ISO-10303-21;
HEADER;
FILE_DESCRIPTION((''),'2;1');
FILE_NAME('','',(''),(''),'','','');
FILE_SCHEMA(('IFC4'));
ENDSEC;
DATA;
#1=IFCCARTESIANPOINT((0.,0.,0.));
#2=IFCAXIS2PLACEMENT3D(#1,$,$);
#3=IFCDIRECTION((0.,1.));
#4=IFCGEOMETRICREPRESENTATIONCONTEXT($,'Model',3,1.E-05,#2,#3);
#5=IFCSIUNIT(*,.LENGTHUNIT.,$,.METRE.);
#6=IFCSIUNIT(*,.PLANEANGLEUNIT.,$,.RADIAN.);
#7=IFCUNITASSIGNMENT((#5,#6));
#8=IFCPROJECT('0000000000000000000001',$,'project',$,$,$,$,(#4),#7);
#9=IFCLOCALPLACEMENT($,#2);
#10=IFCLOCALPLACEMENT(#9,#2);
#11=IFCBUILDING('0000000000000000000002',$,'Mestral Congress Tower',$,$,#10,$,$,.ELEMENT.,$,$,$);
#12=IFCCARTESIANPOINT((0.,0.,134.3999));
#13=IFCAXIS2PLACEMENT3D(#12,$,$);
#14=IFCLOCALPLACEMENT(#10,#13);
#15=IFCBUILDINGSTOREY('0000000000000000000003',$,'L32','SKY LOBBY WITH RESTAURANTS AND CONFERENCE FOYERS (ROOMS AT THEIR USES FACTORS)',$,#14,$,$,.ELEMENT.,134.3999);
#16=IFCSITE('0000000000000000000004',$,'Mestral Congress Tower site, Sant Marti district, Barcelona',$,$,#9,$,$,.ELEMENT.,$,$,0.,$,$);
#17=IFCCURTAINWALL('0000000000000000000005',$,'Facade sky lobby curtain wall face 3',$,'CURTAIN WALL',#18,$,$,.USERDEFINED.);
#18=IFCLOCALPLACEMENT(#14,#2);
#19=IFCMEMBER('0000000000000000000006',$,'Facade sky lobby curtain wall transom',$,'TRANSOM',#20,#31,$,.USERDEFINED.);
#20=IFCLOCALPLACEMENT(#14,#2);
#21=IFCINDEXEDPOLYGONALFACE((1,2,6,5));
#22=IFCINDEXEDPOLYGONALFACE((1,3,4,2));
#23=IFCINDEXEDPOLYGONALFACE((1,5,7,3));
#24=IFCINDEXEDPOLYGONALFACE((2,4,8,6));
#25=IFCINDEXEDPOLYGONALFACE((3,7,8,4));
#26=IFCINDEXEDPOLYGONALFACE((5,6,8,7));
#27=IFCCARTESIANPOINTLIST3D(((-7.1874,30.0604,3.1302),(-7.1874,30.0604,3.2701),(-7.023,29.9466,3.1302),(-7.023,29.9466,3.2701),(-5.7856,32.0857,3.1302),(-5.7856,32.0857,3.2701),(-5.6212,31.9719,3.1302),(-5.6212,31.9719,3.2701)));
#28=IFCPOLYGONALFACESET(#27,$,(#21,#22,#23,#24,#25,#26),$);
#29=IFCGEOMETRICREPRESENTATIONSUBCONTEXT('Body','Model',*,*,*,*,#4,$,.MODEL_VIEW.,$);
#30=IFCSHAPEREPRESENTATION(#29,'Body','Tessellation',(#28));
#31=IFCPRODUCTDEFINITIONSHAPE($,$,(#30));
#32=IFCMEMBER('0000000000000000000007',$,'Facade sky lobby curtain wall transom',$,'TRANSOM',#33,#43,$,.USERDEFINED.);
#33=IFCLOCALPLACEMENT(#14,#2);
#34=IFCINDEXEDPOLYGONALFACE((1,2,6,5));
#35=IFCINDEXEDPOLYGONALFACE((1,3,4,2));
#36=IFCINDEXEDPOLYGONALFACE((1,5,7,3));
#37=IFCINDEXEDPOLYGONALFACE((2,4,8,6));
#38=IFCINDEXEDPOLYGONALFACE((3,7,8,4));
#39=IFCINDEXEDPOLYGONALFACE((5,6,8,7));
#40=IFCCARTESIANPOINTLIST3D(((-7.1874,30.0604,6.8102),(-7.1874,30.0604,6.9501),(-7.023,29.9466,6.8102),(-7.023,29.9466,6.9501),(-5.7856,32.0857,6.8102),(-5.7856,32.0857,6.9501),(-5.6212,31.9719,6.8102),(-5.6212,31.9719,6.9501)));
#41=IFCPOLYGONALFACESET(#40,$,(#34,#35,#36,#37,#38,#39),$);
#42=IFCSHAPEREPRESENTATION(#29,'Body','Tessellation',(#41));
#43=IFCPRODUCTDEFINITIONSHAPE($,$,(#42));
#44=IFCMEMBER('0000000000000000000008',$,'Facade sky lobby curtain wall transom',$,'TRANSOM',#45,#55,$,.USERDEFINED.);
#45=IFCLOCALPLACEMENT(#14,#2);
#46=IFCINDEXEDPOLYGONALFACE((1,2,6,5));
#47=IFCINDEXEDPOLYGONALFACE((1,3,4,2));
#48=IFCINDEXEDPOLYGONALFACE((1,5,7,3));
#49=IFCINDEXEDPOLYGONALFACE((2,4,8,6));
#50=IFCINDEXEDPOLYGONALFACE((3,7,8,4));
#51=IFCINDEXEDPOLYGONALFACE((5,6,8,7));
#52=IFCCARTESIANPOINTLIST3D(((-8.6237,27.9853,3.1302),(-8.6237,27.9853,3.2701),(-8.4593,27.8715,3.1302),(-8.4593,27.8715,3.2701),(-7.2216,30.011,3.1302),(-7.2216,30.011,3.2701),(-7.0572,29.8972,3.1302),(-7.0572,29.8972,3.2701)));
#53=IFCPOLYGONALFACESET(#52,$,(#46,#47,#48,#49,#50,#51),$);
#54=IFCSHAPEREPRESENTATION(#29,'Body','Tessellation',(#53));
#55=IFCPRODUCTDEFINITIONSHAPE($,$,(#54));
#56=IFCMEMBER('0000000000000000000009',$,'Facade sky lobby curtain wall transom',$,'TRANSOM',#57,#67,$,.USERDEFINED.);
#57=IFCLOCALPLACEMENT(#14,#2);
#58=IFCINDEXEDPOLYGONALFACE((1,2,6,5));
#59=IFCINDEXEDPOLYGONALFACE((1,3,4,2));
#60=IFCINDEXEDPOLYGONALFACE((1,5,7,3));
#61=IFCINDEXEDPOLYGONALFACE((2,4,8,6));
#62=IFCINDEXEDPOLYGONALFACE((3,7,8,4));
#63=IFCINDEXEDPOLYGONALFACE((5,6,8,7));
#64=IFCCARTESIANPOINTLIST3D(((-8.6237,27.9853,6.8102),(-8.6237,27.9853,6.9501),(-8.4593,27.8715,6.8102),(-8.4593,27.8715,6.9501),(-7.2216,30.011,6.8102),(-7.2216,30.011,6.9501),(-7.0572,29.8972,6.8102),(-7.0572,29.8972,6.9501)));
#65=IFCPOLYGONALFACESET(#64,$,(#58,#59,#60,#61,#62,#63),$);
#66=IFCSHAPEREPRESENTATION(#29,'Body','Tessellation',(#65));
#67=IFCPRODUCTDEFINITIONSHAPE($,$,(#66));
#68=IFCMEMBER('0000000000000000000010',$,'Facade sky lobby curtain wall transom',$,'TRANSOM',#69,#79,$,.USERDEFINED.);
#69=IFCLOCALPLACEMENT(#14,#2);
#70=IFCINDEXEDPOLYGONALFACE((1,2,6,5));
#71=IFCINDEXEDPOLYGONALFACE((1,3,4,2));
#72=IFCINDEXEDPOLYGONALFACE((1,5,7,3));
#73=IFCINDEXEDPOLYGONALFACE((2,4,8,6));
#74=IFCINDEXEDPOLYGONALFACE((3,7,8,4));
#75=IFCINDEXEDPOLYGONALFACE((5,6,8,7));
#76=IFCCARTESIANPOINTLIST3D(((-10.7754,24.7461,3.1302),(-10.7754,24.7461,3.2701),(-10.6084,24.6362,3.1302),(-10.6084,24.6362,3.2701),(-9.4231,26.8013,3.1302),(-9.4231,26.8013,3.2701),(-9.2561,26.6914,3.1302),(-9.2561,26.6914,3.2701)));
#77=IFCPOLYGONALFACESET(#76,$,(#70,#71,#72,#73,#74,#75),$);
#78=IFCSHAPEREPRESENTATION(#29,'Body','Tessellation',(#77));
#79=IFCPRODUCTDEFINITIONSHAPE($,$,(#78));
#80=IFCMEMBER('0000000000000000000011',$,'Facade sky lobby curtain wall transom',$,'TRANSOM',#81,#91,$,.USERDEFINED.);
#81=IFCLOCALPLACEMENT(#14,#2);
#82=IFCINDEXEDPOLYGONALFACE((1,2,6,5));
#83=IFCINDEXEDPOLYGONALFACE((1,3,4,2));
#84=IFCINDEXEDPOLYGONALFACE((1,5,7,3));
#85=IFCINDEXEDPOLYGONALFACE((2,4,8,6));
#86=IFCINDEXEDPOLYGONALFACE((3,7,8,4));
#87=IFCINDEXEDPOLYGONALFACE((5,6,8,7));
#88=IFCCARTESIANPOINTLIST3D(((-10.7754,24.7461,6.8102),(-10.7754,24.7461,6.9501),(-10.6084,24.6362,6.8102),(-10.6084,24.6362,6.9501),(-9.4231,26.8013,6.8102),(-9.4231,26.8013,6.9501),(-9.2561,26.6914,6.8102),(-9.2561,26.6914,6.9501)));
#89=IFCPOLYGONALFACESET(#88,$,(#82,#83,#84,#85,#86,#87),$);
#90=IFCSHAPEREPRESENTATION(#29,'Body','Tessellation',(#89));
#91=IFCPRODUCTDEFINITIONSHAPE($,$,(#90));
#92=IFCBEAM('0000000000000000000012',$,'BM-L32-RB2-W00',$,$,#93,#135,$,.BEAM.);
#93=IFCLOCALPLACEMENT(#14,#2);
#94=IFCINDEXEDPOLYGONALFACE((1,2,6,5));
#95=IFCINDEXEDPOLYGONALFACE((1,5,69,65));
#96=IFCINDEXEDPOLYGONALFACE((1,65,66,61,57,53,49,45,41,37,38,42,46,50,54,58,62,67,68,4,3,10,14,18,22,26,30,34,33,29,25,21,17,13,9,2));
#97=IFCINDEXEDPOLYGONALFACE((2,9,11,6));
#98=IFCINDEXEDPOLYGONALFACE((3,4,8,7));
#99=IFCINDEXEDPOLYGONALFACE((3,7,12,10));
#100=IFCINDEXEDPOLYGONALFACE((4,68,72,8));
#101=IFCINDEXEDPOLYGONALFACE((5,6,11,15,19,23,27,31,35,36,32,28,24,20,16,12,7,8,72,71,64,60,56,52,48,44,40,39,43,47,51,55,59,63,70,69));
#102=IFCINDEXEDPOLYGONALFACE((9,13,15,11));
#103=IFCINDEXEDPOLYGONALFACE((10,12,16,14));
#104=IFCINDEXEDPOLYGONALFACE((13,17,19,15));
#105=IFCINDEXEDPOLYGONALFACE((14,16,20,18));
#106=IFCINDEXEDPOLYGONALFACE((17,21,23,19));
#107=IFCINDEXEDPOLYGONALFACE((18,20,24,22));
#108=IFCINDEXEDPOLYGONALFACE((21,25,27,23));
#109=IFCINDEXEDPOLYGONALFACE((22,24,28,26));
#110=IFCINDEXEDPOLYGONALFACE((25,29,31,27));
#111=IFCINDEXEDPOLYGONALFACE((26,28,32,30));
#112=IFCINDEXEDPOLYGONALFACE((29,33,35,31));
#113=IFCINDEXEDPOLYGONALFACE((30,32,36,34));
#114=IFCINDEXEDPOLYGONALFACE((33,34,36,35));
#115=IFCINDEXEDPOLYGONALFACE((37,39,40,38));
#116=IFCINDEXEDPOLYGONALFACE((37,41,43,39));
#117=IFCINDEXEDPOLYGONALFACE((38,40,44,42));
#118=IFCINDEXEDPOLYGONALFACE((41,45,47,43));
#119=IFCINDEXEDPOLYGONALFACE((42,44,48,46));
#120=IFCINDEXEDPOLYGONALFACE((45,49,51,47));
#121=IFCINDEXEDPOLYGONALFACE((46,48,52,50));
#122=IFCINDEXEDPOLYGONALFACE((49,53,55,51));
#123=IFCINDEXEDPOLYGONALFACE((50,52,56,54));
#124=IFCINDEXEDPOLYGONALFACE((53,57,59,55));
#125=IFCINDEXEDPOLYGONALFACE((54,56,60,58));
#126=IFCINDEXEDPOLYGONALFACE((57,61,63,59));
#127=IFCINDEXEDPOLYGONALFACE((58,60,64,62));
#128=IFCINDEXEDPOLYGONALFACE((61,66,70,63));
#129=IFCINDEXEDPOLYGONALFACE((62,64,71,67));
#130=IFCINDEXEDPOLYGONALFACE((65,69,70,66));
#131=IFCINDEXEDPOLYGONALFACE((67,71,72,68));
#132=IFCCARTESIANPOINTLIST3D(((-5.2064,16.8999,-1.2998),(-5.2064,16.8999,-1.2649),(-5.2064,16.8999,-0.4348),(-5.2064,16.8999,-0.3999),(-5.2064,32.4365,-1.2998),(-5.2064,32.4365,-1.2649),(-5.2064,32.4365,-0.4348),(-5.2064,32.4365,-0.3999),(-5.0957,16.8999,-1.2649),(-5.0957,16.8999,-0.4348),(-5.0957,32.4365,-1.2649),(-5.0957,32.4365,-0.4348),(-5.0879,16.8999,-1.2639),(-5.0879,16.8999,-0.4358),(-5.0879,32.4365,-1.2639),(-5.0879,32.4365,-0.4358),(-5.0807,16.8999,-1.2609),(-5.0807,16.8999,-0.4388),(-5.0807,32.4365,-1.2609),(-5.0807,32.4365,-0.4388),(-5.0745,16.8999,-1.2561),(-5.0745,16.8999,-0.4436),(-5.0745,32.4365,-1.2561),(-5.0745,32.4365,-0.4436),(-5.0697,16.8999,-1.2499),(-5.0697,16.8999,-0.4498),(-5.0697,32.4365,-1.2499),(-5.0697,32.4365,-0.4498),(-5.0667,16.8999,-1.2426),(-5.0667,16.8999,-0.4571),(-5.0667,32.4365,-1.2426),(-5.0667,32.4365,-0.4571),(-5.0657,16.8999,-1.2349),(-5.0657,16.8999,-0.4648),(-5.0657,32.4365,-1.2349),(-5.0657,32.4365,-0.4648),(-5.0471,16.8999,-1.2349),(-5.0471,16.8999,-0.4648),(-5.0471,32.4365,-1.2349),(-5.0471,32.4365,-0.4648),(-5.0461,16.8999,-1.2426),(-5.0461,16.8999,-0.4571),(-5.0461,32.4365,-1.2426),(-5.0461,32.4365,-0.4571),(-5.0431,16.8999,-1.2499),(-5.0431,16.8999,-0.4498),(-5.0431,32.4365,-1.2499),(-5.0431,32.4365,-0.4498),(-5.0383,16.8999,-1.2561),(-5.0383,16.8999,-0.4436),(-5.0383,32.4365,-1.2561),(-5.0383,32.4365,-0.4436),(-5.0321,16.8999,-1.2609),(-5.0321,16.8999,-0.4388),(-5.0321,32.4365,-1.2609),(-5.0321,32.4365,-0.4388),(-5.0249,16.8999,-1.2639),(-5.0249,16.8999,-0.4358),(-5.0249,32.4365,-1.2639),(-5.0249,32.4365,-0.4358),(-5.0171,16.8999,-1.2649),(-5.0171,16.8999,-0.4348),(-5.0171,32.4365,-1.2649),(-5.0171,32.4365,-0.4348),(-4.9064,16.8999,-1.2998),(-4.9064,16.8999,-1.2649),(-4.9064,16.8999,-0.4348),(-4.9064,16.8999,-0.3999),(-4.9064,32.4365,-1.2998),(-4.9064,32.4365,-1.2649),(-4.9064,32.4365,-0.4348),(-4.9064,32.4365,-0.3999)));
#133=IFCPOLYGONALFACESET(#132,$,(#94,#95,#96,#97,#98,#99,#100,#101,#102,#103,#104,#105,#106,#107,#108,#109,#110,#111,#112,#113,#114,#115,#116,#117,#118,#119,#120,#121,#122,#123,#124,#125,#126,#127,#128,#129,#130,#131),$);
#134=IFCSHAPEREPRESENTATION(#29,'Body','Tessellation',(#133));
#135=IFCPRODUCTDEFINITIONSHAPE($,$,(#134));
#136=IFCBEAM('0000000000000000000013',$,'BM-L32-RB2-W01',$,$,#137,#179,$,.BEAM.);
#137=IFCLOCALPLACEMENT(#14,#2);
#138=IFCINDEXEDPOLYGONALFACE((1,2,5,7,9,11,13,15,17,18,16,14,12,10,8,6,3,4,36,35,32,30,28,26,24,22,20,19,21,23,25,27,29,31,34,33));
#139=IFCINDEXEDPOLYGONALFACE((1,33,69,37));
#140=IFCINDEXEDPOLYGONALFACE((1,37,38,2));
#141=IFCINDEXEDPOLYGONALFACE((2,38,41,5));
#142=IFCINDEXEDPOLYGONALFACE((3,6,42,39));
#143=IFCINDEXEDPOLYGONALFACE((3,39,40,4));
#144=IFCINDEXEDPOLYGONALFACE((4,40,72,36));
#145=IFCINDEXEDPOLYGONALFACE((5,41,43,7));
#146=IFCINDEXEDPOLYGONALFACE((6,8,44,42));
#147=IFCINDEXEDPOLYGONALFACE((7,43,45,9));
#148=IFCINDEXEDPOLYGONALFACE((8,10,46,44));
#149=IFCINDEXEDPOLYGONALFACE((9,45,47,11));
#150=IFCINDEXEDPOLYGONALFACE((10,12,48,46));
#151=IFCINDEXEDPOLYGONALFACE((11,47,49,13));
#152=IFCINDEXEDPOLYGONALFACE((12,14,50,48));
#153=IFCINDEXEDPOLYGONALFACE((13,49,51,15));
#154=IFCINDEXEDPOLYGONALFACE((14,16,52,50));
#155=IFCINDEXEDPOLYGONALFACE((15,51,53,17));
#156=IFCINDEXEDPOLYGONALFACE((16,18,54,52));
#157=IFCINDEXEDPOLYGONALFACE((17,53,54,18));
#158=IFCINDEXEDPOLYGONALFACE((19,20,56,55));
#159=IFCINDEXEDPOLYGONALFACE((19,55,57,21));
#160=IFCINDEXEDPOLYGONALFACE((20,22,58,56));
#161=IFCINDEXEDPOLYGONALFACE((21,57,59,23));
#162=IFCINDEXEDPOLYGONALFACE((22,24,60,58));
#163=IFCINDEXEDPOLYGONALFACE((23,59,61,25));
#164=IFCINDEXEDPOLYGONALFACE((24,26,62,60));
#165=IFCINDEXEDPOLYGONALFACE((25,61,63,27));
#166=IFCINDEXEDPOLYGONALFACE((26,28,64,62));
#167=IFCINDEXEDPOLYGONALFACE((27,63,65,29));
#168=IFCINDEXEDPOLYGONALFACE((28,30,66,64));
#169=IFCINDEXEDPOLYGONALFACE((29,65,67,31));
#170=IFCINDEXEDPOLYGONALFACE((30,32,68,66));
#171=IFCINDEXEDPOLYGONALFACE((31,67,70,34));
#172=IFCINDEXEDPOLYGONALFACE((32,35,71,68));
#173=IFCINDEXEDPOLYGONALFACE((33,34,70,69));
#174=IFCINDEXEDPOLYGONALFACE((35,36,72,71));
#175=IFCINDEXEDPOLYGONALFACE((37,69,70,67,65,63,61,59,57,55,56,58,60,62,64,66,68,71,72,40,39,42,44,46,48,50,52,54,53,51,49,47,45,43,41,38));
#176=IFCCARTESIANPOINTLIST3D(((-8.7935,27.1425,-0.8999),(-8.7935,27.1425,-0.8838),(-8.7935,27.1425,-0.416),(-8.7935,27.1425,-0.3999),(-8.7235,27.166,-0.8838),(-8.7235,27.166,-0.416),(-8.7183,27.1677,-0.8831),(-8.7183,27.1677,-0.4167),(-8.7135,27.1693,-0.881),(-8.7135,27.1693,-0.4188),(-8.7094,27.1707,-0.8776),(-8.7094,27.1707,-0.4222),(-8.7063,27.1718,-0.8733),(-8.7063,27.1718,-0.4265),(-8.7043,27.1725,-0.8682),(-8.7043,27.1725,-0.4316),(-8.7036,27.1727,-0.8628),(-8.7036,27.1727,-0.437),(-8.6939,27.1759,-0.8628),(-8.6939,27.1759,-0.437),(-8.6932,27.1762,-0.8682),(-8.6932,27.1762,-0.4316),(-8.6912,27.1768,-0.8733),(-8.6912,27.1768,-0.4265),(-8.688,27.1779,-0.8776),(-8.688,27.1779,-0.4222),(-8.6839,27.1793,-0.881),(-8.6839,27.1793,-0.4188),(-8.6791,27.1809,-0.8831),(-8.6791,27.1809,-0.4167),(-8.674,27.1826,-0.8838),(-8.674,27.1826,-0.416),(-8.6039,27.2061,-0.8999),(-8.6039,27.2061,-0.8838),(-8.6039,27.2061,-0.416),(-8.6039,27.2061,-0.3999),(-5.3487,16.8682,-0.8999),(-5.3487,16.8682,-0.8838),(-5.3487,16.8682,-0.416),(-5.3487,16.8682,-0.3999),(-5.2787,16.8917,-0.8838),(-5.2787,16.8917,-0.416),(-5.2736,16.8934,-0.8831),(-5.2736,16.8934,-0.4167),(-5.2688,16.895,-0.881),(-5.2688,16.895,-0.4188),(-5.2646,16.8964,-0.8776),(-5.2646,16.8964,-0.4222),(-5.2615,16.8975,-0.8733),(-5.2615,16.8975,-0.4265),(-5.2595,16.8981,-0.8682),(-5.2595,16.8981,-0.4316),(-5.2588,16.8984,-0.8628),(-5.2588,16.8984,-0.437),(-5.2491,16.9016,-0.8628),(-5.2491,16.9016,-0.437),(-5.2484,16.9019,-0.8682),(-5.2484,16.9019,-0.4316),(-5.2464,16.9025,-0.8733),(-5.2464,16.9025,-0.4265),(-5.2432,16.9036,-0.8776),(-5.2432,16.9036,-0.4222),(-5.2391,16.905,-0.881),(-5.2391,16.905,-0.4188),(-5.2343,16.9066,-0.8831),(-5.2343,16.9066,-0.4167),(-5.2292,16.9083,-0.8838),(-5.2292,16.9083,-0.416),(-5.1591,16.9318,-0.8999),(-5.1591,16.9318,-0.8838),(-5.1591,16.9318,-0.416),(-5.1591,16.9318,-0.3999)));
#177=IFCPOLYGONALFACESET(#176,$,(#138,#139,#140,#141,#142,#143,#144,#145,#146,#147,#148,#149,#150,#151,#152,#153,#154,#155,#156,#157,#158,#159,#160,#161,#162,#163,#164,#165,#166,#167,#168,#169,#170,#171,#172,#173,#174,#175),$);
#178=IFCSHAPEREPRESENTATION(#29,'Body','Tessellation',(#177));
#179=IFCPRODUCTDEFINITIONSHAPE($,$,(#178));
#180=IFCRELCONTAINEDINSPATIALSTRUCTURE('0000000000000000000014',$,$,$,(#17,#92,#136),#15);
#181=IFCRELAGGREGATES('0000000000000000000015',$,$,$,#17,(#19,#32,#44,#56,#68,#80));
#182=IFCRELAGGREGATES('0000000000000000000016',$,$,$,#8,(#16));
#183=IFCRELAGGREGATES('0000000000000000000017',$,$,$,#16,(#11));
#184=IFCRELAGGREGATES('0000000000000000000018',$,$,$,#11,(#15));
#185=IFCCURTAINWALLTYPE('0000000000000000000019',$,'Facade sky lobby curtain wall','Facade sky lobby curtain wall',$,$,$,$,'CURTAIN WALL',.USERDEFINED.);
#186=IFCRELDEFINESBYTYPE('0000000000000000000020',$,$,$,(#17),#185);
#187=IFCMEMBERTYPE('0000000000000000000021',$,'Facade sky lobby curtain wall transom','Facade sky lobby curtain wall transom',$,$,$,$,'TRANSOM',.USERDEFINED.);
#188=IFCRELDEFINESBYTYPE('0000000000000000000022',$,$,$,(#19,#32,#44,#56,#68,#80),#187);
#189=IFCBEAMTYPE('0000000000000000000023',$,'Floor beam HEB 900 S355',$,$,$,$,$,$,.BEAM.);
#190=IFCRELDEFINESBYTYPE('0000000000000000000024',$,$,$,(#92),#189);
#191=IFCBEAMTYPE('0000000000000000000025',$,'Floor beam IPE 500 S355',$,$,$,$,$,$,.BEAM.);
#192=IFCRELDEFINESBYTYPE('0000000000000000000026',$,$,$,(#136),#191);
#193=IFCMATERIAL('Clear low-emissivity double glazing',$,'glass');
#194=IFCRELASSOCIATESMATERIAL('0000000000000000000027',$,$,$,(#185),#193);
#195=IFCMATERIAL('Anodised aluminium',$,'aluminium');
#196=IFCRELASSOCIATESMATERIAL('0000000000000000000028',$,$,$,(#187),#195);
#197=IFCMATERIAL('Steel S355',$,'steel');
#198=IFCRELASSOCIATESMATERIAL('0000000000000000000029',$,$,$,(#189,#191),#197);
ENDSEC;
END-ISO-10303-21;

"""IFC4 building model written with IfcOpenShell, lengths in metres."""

from ifc_helpers import new_model, si_unit, direction, frame, origin, origin_2d, place, context, subcontext, project, spatial, rectangle, i_section, extrude, material, material_profile, profile_set, type_object, element, aggregate, save


model = new_model("IFC4")

# Units and contexts
model_context = context("Model", 3, precision=1e-05, world=origin(), true_north=direction((0.0, 1.0)))
body_context = subcontext(model_context, "Body", "Model", "MODEL_VIEW")
ifc_project = project(units=[si_unit("LENGTHUNIT", "METRE"), si_unit("PLANEANGLEUNIT", "RADIAN")], contexts=[model_context])

# Site, building, storey
site_placement = place(None, origin())
site = spatial("IfcSite", under=ifc_project, at=site_placement, Name="Mestral Congress Tower site, Sant Marti district, Barcelona", CompositionType="ELEMENT", RefElevation=0.0)
building_placement = place(site_placement, origin())
building = spatial("IfcBuilding", under=site, at=building_placement, Name="Mestral Congress Tower", CompositionType="ELEMENT")
storey_placement = place(building_placement, frame((0.0, 0.0, 134.3999)))
storey = spatial("IfcBuildingStorey", under=building, at=storey_placement, Name="L32", Description="SKY LOBBY WITH RESTAURANTS AND CONFERENCE FOYERS (ROOMS AT THEIR USES FACTORS)", CompositionType="ELEMENT", Elevation=134.3999)

# Shared definitions
ifc_material_1 = material(Name="Steel S355", Category="steel")

# Curtain wall, members
ifc_material_2 = material(Name="Clear low-emissivity double glazing", Category="glass")
curtain_wall_type = type_object("IfcCurtainWallType", Name="Facade sky lobby curtain wall", Description="Facade sky lobby curtain wall", ElementType="CURTAIN WALL", PredefinedType="USERDEFINED", material=ifc_material_2)
curtain_wall_placement = place(storey_placement, origin())
curtain_wall = element("IfcCurtainWall", 1, at=curtain_wall_placement, inside=storey, type_object=curtain_wall_type, Name="Facade sky lobby curtain wall face 3", ObjectType="CURTAIN WALL", PredefinedType="USERDEFINED")
ifc_material_3 = material(Name="Anodised aluminium", Category="aluminium")
ifc_material_profile_1 = material_profile(ifc_material_3, rectangle(XDim=0.2, YDim=0.1399, at=origin_2d()), Name="CW1 transom 200 x 140")
ifc_profile_set_1 = profile_set([ifc_material_profile_1], Name="Anodised aluminium")
member_type_1 = type_object("IfcMemberType", Name="Facade sky lobby curtain wall transom", Description="Facade sky lobby curtain wall transom", ElementType="TRANSOM", PredefinedType="USERDEFINED", material=ifc_profile_set_1)
member_1_placement = place(storey_placement, frame((-5.7034, 32.0288, 3.2002), z_axis=(-0.569117, -0.822256, 0.0), x_axis=(0.822256, -0.569117, 0.0)))
member_1 = element("IfcMember", 2, at=member_1_placement, type_object=member_type_1, Name="Facade sky lobby curtain wall transom", ObjectType="TRANSOM", PredefinedType="USERDEFINED", context=body_context, shape_type="SweptSolid", body=[
    extrude(rectangle(XDim=0.2, YDim=0.1399, at=origin_2d()), origin(), (0.0, 0.0, 1.0), 2.4631),
])
member_2_placement = place(storey_placement, frame((-5.7034, 32.0288, 6.8801), z_axis=(-0.569117, -0.822256, 0.0), x_axis=(0.822256, -0.569117, 0.0)))
member_2 = element("IfcMember", 3, at=member_2_placement, type_object=member_type_1, Name="Facade sky lobby curtain wall transom", ObjectType="TRANSOM", PredefinedType="USERDEFINED", context=body_context, shape_type="SweptSolid", body=[
    extrude(rectangle(XDim=0.2, YDim=0.1399, at=origin_2d()), origin(), (0.0, 0.0, 1.0), 2.4631),
])
member_3_placement = place(storey_placement, frame((-7.1394, 29.9541, 3.2002), z_axis=(-0.569138, -0.822242, 0.0), x_axis=(0.822242, -0.569138, 0.0)))
member_3 = element("IfcMember", 4, at=member_3_placement, type_object=member_type_1, Name="Facade sky lobby curtain wall transom", ObjectType="TRANSOM", PredefinedType="USERDEFINED", context=body_context, shape_type="SweptSolid", body=[
    extrude(rectangle(XDim=0.2, YDim=0.1399, at=origin_2d()), origin(), (0.0, 0.0, 1.0), 2.4636),
])
member_4_placement = place(storey_placement, frame((-7.1394, 29.9541, 6.8801), z_axis=(-0.569138, -0.822242, 0.0), x_axis=(0.822242, -0.569138, 0.0)))
member_4 = element("IfcMember", 5, at=member_4_placement, type_object=member_type_1, Name="Facade sky lobby curtain wall transom", ObjectType="TRANSOM", PredefinedType="USERDEFINED", context=body_context, shape_type="SweptSolid", body=[
    extrude(rectangle(XDim=0.2, YDim=0.1399, at=origin_2d()), origin(), (0.0, 0.0, 1.0), 2.4636),
])
member_5_placement = place(storey_placement, frame((-9.3396, 26.7463, 3.2002), z_axis=(-0.549675, -0.835379, 0.0), x_axis=(0.835379, -0.549675, 0.0)))
member_5 = element("IfcMember", 6, at=member_5_placement, type_object=member_type_1, Name="Facade sky lobby curtain wall transom", ObjectType="TRANSOM", PredefinedType="USERDEFINED", context=body_context, shape_type="SweptSolid", body=[
    extrude(rectangle(XDim=0.2, YDim=0.1399, at=origin_2d()), origin(), (0.0, 0.0, 1.0), 2.4602),
])
member_6_placement = place(storey_placement, frame((-9.3396, 26.7463, 6.8801), z_axis=(-0.549675, -0.835379, 0.0), x_axis=(0.835379, -0.549675, 0.0)))
member_6 = element("IfcMember", 7, at=member_6_placement, type_object=member_type_1, Name="Facade sky lobby curtain wall transom", ObjectType="TRANSOM", PredefinedType="USERDEFINED", context=body_context, shape_type="SweptSolid", body=[
    extrude(rectangle(XDim=0.2, YDim=0.1399, at=origin_2d()), origin(), (0.0, 0.0, 1.0), 2.4602),
])

# Beams
ifc_material_profile_2 = material_profile(ifc_material_1, i_section(OverallWidth=0.3, OverallDepth=0.8999, WebThickness=0.0186, FlangeThickness=0.0349, FilletRadius=0.03, at=origin_2d()), Name="HEB 900")
ifc_profile_set_2 = profile_set([ifc_material_profile_2], Name="Steel S355")
beam_type_1 = type_object("IfcBeamType", Name="Floor beam HEB 900 S355", PredefinedType="BEAM", material=ifc_profile_set_2)
beam_1_placement = place(storey_placement, frame((-5.0564, 32.4365, -0.8499), z_axis=(0.0, -1.0, 0.0), x_axis=(1.0, 0.0, 0.0)))
element("IfcBeam", 8, at=beam_1_placement, inside=storey, type_object=beam_type_1, Name="BM-L32-RB2-W00", PredefinedType="BEAM", context=body_context, shape_type="SweptSolid", body=[
    extrude(i_section(OverallWidth=0.3, OverallDepth=0.8999, WebThickness=0.0186, FlangeThickness=0.0349, FilletRadius=0.03, at=origin_2d()), origin(), (0.0, 0.0, 1.0), 15.5366),
])
ifc_material_profile_3 = material_profile(ifc_material_1, i_section(OverallWidth=0.2, OverallDepth=0.5, WebThickness=0.0103, FlangeThickness=0.0161, FilletRadius=0.021, at=origin_2d()), Name="IPE 500")
ifc_profile_set_3 = profile_set([ifc_material_profile_3], Name="Steel S355")
beam_type_2 = type_object("IfcBeamType", Name="Floor beam IPE 500 S355", PredefinedType="BEAM", material=ifc_profile_set_3)
beam_2_placement = place(storey_placement, frame((-8.6987, 27.1743, -0.6499), z_axis=(0.31789, -0.948128, 0.0), x_axis=(0.948128, 0.31789, 0.0)))
element("IfcBeam", 9, at=beam_2_placement, inside=storey, type_object=beam_type_2, Name="BM-L32-RB2-W01", PredefinedType="BEAM", context=body_context, shape_type="SweptSolid", body=[
    extrude(i_section(OverallWidth=0.2, OverallDepth=0.5, WebThickness=0.0103, FlangeThickness=0.0161, FilletRadius=0.021, at=origin_2d()), origin(), (0.0, 0.0, 1.0), 10.8364),
])

aggregate(curtain_wall, [member_1, member_2, member_3, member_4, member_5, member_6])

save(model, "model.ifc")
